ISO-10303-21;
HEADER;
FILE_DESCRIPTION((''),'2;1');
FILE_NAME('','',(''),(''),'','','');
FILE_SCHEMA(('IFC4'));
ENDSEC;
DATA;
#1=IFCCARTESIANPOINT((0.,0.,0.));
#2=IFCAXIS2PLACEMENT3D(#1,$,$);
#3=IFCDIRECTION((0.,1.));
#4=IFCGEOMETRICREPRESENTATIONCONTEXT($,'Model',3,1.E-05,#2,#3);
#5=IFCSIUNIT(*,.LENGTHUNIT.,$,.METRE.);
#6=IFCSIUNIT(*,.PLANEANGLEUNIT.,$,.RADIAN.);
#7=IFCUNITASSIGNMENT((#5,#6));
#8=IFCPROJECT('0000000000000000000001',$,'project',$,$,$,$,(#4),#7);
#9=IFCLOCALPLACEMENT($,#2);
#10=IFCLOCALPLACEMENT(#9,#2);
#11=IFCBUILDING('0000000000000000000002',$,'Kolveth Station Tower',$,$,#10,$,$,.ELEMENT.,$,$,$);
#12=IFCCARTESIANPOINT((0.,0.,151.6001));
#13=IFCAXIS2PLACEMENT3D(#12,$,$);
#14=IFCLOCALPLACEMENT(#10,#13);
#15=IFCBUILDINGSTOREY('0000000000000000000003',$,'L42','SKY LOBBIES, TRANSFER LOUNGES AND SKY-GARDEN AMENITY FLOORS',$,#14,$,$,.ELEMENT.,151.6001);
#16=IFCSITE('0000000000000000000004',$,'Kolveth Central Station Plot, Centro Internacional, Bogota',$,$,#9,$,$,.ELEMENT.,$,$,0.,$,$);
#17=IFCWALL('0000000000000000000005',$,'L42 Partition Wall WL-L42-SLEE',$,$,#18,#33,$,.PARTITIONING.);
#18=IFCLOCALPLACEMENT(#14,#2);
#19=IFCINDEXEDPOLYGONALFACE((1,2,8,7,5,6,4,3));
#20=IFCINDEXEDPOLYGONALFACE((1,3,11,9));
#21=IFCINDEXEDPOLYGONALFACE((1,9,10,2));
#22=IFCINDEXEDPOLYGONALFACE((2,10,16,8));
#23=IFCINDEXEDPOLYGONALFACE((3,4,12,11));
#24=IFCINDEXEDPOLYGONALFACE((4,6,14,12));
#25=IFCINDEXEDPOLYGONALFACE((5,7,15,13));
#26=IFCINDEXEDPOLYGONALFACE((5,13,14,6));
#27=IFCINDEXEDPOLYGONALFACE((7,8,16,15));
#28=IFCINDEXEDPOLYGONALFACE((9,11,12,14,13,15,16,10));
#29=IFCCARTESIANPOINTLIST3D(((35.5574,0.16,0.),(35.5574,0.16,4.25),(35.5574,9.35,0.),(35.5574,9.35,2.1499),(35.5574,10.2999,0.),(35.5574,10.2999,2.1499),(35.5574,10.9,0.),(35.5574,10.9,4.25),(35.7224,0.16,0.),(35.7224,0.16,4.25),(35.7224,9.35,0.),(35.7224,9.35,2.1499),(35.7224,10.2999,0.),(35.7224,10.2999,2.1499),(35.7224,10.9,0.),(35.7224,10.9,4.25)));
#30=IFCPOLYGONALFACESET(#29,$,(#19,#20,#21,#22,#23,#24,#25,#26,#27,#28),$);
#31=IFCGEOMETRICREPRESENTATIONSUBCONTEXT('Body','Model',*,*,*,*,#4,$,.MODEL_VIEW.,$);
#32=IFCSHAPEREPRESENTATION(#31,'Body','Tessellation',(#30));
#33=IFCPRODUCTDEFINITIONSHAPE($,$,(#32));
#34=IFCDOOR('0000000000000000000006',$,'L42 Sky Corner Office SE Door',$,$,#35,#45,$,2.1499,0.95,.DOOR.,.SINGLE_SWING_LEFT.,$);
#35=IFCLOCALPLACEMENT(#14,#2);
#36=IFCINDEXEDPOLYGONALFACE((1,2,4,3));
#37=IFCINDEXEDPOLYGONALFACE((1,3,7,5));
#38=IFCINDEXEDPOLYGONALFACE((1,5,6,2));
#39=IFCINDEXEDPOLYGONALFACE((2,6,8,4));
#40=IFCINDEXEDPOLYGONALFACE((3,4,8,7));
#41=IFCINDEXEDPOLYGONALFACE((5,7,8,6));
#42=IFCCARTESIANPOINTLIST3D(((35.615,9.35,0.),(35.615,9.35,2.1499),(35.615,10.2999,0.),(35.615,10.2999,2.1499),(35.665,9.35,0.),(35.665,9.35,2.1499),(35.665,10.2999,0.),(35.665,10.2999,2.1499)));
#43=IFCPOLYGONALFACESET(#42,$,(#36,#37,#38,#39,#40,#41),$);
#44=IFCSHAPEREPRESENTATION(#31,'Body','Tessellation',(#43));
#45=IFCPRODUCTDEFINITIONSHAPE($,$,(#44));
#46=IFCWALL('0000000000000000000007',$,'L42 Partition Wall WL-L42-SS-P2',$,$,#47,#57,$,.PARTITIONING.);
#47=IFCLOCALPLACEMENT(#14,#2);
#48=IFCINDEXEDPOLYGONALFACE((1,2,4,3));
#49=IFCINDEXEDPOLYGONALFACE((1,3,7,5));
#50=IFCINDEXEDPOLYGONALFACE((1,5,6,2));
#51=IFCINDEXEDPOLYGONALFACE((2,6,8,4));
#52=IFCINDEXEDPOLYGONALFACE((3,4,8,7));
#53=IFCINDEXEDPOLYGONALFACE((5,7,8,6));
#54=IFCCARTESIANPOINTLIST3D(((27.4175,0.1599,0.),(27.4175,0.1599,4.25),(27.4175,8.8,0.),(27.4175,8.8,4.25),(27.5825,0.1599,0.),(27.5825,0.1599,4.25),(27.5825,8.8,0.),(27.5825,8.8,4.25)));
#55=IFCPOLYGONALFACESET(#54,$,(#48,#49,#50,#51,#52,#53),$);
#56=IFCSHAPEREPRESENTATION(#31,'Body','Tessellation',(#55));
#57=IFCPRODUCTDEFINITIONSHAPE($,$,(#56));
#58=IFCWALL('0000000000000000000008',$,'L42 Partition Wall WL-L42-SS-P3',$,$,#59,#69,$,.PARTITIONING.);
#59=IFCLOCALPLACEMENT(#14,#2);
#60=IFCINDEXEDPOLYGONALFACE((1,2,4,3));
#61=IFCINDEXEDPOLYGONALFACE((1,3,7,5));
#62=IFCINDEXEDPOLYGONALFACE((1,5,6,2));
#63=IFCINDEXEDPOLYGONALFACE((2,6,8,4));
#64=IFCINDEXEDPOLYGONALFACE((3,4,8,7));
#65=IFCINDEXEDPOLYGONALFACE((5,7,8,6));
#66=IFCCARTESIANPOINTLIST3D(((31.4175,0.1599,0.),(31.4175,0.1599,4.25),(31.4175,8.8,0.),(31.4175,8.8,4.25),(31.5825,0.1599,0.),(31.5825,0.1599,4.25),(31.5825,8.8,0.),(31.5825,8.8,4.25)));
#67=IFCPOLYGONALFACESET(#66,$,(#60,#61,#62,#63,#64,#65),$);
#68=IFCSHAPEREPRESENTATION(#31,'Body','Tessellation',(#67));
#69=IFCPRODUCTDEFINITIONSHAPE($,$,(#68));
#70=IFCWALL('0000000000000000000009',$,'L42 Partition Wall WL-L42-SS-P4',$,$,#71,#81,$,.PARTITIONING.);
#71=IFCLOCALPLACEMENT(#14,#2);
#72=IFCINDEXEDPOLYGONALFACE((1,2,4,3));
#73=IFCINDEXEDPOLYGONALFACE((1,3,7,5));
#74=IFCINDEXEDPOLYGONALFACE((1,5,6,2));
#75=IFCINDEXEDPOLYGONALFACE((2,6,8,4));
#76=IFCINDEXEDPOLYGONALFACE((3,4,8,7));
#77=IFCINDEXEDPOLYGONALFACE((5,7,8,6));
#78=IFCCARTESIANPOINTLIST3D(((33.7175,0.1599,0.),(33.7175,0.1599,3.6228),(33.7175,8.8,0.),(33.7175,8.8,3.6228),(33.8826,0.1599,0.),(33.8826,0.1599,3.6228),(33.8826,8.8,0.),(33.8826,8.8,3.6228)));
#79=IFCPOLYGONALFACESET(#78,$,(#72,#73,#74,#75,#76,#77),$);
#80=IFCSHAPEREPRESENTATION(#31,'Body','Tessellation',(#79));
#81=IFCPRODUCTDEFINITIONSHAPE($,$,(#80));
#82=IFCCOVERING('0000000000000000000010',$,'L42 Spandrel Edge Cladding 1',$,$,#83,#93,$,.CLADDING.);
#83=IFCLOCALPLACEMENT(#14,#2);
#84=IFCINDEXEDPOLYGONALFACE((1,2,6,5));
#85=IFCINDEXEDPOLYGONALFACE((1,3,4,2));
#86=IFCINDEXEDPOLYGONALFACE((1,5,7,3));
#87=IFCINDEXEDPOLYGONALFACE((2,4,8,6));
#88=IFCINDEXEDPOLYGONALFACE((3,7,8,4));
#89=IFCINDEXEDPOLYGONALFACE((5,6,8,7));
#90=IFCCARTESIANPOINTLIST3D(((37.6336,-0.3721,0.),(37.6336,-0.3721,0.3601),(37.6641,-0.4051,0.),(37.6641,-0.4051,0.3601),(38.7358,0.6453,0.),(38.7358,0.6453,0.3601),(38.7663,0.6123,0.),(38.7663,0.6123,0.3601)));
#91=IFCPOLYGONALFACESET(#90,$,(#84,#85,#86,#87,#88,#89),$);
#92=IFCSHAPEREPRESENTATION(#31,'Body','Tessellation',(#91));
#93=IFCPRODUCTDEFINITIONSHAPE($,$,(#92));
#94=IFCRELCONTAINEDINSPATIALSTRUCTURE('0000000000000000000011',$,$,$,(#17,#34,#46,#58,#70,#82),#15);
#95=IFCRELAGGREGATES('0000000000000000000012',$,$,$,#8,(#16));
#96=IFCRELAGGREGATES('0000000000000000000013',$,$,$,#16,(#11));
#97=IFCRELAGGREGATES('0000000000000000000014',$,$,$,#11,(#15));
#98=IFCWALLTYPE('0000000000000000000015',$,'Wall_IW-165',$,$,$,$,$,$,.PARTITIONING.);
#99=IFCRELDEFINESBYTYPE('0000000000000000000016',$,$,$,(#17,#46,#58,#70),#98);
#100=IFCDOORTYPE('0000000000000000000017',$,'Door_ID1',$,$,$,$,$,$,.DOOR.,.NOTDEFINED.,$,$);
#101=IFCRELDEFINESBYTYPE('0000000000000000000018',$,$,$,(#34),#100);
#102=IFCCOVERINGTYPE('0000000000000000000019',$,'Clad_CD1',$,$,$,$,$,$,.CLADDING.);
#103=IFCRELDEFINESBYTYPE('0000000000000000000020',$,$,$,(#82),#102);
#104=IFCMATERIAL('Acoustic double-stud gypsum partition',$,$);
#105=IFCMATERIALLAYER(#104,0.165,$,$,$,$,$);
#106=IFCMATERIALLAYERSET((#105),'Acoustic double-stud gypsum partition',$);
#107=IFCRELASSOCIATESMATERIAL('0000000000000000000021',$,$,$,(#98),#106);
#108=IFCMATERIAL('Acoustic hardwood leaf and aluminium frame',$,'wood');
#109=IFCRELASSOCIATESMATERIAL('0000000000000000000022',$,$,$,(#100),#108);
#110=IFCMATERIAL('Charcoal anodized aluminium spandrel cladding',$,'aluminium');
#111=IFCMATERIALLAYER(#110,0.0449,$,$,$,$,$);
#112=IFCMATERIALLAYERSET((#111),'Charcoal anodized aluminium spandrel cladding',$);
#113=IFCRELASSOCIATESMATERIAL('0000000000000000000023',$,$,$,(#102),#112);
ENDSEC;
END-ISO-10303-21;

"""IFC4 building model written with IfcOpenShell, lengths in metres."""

from ifc_helpers import new_model, si_unit, direction, frame, frame_2d, origin, origin_2d, place, context, subcontext, project, spatial, rectangle, extrude, source, transform, mapped, material, layer, layer_set, type_object, element, fill, save


model = new_model("IFC4")

# Units and contexts
model_context = context("Model", 3, precision=1e-05, world=origin(), true_north=direction((0.0, 1.0)))
body_context = subcontext(model_context, "Body", "Model", "MODEL_VIEW")
ifc_project = project(units=[si_unit("LENGTHUNIT", "METRE"), si_unit("PLANEANGLEUNIT", "RADIAN")], contexts=[model_context])

# Site, building, storey
site_placement = place(None, origin())
site = spatial("IfcSite", under=ifc_project, at=site_placement, Name="Kolveth Central Station Plot, Centro Internacional, Bogota", CompositionType="ELEMENT", RefElevation=0.0)
building_placement = place(site_placement, origin())
building = spatial("IfcBuilding", under=site, at=building_placement, Name="Kolveth Station Tower", CompositionType="ELEMENT")
storey_placement = place(building_placement, frame((0.0, 0.0, 151.6001)))
storey = spatial("IfcBuildingStorey", under=building, at=storey_placement, Name="L42", Description="SKY LOBBIES, TRANSFER LOUNGES AND SKY-GARDEN AMENITY FLOORS", CompositionType="ELEMENT", Elevation=151.6001)

# Wall, opening, door
ifc_material_1 = material(Name="Acoustic double-stud gypsum partition")
ifc_layer_1 = layer(ifc_material_1, 0.165)
ifc_layer_set_1 = layer_set([ifc_layer_1], Name="Acoustic double-stud gypsum partition")
wall_type = type_object("IfcWallType", Name="Wall_IW-165", PredefinedType="PARTITIONING", material=ifc_layer_set_1)
wall_1_placement = place(storey_placement, frame((35.6399, 0.1599, 0.0), z_axis=(0.0, 0.0, 1.0), x_axis=(0.0, 1.0, 0.0)))
wall_1 = element("IfcWall", 1, at=wall_1_placement, inside=storey, type_object=wall_type, Name="L42 Partition Wall WL-L42-SLEE", PredefinedType="PARTITIONING", context=body_context, shape_type="SweptSolid", body=[
    extrude(rectangle(XDim=10.74, YDim=0.165, at=frame_2d((5.3701, 0.0))), origin(), (0.0, 0.0, 1.0), 4.25),
])
opening_placement = place(wall_1_placement, frame((9.1899, 0.0, 0.0)))
opening = element("IfcOpeningElement", 2, at=opening_placement, cuts=wall_1, PredefinedType="OPENING", context=body_context, shape_type="SweptSolid", body=[
    extrude(rectangle(XDim=0.95, YDim=2.1499, at=frame_2d((0.4751, 1.075))), frame((0.0, 0.0925, 0.0), z_axis=(0.0, -1.0, 0.0), x_axis=(1.0, 0.0, 0.0)), (0.0, 0.0, 1.0), 0.1851),
])
ifc_material_2 = material(Name="Acoustic hardwood leaf and aluminium frame", Category="wood")
door_type = type_object("IfcDoorType", Name="Door_ID1", OperationType="NOTDEFINED", PredefinedType="DOOR", material=ifc_material_2)
door_placement = place(opening_placement, origin())
door = element("IfcDoor", 3, at=door_placement, inside=storey, type_object=door_type, Name="L42 Sky Corner Office SE Door", OperationType="SINGLE_SWING_LEFT", OverallHeight=2.1499, OverallWidth=0.95, PredefinedType="DOOR", context=body_context, shape_type="SweptSolid", body=[
    extrude(rectangle(XDim=0.95, YDim=2.1499, at=frame_2d((0.4751, 1.075))), frame((0.0, 0.0249, 0.0), z_axis=(0.0, -1.0, 0.0), x_axis=(1.0, 0.0, 0.0)), (0.0, 0.0, 1.0), 0.05),
])
fill(opening, door)

# Walls
for number, where, z_axis, x_axis, name in (
    (4, (27.5, 0.1599, 0.0), (0.0, 0.0, 1.0), (0.0, 1.0, 0.0), "L42 Partition Wall WL-L42-SS-P2"),
    (5, (31.5, 0.1599, 0.0), (0.0, 0.0, 1.0), (0.0, 1.0, 0.0), "L42 Partition Wall WL-L42-SS-P3"),
):
    element("IfcWall", number, at=place(storey_placement, frame(where, z_axis=z_axis, x_axis=x_axis)), inside=storey, type_object=wall_type, Name=name, PredefinedType="PARTITIONING", context=body_context, shape_type="SweptSolid", body=[
        extrude(rectangle(XDim=8.6401, YDim=0.165, at=frame_2d((4.3201, 0.0))), origin(), (0.0, 0.0, 1.0), 4.25),
    ])
wall_2_placement = place(storey_placement, frame((33.8, 0.1599, 0.0), z_axis=(0.0, 0.0, 1.0), x_axis=(0.0, 1.0, 0.0)))
element("IfcWall", 6, at=wall_2_placement, inside=storey, type_object=wall_type, Name="L42 Partition Wall WL-L42-SS-P4", PredefinedType="PARTITIONING", context=body_context, shape_type="SweptSolid", body=[
    extrude(rectangle(XDim=8.6401, YDim=0.165, at=frame_2d((4.3201, 0.0))), origin(), (0.0, 0.0, 1.0), 3.6228),
])

# Covering
ifc_material_3 = material(Name="Charcoal anodized aluminium spandrel cladding", Category="aluminium")
ifc_layer_2 = layer(ifc_material_3, 0.0449)
ifc_layer_set_2 = layer_set([ifc_layer_2], Name="Charcoal anodized aluminium spandrel cladding")
covering_type = type_object("IfcCoveringType", Name="Clad_CD1", PredefinedType="CLADDING", material=ifc_layer_set_2)
shared_shape_1 = source(origin(), body_context, "Body", "SweptSolid", [
    extrude(rectangle(XDim=1.5, YDim=0.0449, at=origin_2d()), origin(), (0.0, 0.0, 1.0), 0.3601),
])
covering_placement = place(storey_placement, frame((38.2, 0.1201, 0.0), z_axis=(0.0, 0.0, 1.0), x_axis=(0.734796, 0.678288, 0.0)))
element("IfcCovering", 7, at=covering_placement, inside=storey, type_object=covering_type, Name="L42 Spandrel Edge Cladding 1", PredefinedType="CLADDING", context=body_context, shape_type="MappedRepresentation", body=[
    mapped(shared_shape_1, transform((0.0, 0.0, 0.0), x_axis=(1.0, 0.0, 0.0), y_axis=(0.0, 1.0, 0.0), z_axis=(0.0, 0.0, 1.0), scale=1.0)),
])

save(model, "model.ifc")
